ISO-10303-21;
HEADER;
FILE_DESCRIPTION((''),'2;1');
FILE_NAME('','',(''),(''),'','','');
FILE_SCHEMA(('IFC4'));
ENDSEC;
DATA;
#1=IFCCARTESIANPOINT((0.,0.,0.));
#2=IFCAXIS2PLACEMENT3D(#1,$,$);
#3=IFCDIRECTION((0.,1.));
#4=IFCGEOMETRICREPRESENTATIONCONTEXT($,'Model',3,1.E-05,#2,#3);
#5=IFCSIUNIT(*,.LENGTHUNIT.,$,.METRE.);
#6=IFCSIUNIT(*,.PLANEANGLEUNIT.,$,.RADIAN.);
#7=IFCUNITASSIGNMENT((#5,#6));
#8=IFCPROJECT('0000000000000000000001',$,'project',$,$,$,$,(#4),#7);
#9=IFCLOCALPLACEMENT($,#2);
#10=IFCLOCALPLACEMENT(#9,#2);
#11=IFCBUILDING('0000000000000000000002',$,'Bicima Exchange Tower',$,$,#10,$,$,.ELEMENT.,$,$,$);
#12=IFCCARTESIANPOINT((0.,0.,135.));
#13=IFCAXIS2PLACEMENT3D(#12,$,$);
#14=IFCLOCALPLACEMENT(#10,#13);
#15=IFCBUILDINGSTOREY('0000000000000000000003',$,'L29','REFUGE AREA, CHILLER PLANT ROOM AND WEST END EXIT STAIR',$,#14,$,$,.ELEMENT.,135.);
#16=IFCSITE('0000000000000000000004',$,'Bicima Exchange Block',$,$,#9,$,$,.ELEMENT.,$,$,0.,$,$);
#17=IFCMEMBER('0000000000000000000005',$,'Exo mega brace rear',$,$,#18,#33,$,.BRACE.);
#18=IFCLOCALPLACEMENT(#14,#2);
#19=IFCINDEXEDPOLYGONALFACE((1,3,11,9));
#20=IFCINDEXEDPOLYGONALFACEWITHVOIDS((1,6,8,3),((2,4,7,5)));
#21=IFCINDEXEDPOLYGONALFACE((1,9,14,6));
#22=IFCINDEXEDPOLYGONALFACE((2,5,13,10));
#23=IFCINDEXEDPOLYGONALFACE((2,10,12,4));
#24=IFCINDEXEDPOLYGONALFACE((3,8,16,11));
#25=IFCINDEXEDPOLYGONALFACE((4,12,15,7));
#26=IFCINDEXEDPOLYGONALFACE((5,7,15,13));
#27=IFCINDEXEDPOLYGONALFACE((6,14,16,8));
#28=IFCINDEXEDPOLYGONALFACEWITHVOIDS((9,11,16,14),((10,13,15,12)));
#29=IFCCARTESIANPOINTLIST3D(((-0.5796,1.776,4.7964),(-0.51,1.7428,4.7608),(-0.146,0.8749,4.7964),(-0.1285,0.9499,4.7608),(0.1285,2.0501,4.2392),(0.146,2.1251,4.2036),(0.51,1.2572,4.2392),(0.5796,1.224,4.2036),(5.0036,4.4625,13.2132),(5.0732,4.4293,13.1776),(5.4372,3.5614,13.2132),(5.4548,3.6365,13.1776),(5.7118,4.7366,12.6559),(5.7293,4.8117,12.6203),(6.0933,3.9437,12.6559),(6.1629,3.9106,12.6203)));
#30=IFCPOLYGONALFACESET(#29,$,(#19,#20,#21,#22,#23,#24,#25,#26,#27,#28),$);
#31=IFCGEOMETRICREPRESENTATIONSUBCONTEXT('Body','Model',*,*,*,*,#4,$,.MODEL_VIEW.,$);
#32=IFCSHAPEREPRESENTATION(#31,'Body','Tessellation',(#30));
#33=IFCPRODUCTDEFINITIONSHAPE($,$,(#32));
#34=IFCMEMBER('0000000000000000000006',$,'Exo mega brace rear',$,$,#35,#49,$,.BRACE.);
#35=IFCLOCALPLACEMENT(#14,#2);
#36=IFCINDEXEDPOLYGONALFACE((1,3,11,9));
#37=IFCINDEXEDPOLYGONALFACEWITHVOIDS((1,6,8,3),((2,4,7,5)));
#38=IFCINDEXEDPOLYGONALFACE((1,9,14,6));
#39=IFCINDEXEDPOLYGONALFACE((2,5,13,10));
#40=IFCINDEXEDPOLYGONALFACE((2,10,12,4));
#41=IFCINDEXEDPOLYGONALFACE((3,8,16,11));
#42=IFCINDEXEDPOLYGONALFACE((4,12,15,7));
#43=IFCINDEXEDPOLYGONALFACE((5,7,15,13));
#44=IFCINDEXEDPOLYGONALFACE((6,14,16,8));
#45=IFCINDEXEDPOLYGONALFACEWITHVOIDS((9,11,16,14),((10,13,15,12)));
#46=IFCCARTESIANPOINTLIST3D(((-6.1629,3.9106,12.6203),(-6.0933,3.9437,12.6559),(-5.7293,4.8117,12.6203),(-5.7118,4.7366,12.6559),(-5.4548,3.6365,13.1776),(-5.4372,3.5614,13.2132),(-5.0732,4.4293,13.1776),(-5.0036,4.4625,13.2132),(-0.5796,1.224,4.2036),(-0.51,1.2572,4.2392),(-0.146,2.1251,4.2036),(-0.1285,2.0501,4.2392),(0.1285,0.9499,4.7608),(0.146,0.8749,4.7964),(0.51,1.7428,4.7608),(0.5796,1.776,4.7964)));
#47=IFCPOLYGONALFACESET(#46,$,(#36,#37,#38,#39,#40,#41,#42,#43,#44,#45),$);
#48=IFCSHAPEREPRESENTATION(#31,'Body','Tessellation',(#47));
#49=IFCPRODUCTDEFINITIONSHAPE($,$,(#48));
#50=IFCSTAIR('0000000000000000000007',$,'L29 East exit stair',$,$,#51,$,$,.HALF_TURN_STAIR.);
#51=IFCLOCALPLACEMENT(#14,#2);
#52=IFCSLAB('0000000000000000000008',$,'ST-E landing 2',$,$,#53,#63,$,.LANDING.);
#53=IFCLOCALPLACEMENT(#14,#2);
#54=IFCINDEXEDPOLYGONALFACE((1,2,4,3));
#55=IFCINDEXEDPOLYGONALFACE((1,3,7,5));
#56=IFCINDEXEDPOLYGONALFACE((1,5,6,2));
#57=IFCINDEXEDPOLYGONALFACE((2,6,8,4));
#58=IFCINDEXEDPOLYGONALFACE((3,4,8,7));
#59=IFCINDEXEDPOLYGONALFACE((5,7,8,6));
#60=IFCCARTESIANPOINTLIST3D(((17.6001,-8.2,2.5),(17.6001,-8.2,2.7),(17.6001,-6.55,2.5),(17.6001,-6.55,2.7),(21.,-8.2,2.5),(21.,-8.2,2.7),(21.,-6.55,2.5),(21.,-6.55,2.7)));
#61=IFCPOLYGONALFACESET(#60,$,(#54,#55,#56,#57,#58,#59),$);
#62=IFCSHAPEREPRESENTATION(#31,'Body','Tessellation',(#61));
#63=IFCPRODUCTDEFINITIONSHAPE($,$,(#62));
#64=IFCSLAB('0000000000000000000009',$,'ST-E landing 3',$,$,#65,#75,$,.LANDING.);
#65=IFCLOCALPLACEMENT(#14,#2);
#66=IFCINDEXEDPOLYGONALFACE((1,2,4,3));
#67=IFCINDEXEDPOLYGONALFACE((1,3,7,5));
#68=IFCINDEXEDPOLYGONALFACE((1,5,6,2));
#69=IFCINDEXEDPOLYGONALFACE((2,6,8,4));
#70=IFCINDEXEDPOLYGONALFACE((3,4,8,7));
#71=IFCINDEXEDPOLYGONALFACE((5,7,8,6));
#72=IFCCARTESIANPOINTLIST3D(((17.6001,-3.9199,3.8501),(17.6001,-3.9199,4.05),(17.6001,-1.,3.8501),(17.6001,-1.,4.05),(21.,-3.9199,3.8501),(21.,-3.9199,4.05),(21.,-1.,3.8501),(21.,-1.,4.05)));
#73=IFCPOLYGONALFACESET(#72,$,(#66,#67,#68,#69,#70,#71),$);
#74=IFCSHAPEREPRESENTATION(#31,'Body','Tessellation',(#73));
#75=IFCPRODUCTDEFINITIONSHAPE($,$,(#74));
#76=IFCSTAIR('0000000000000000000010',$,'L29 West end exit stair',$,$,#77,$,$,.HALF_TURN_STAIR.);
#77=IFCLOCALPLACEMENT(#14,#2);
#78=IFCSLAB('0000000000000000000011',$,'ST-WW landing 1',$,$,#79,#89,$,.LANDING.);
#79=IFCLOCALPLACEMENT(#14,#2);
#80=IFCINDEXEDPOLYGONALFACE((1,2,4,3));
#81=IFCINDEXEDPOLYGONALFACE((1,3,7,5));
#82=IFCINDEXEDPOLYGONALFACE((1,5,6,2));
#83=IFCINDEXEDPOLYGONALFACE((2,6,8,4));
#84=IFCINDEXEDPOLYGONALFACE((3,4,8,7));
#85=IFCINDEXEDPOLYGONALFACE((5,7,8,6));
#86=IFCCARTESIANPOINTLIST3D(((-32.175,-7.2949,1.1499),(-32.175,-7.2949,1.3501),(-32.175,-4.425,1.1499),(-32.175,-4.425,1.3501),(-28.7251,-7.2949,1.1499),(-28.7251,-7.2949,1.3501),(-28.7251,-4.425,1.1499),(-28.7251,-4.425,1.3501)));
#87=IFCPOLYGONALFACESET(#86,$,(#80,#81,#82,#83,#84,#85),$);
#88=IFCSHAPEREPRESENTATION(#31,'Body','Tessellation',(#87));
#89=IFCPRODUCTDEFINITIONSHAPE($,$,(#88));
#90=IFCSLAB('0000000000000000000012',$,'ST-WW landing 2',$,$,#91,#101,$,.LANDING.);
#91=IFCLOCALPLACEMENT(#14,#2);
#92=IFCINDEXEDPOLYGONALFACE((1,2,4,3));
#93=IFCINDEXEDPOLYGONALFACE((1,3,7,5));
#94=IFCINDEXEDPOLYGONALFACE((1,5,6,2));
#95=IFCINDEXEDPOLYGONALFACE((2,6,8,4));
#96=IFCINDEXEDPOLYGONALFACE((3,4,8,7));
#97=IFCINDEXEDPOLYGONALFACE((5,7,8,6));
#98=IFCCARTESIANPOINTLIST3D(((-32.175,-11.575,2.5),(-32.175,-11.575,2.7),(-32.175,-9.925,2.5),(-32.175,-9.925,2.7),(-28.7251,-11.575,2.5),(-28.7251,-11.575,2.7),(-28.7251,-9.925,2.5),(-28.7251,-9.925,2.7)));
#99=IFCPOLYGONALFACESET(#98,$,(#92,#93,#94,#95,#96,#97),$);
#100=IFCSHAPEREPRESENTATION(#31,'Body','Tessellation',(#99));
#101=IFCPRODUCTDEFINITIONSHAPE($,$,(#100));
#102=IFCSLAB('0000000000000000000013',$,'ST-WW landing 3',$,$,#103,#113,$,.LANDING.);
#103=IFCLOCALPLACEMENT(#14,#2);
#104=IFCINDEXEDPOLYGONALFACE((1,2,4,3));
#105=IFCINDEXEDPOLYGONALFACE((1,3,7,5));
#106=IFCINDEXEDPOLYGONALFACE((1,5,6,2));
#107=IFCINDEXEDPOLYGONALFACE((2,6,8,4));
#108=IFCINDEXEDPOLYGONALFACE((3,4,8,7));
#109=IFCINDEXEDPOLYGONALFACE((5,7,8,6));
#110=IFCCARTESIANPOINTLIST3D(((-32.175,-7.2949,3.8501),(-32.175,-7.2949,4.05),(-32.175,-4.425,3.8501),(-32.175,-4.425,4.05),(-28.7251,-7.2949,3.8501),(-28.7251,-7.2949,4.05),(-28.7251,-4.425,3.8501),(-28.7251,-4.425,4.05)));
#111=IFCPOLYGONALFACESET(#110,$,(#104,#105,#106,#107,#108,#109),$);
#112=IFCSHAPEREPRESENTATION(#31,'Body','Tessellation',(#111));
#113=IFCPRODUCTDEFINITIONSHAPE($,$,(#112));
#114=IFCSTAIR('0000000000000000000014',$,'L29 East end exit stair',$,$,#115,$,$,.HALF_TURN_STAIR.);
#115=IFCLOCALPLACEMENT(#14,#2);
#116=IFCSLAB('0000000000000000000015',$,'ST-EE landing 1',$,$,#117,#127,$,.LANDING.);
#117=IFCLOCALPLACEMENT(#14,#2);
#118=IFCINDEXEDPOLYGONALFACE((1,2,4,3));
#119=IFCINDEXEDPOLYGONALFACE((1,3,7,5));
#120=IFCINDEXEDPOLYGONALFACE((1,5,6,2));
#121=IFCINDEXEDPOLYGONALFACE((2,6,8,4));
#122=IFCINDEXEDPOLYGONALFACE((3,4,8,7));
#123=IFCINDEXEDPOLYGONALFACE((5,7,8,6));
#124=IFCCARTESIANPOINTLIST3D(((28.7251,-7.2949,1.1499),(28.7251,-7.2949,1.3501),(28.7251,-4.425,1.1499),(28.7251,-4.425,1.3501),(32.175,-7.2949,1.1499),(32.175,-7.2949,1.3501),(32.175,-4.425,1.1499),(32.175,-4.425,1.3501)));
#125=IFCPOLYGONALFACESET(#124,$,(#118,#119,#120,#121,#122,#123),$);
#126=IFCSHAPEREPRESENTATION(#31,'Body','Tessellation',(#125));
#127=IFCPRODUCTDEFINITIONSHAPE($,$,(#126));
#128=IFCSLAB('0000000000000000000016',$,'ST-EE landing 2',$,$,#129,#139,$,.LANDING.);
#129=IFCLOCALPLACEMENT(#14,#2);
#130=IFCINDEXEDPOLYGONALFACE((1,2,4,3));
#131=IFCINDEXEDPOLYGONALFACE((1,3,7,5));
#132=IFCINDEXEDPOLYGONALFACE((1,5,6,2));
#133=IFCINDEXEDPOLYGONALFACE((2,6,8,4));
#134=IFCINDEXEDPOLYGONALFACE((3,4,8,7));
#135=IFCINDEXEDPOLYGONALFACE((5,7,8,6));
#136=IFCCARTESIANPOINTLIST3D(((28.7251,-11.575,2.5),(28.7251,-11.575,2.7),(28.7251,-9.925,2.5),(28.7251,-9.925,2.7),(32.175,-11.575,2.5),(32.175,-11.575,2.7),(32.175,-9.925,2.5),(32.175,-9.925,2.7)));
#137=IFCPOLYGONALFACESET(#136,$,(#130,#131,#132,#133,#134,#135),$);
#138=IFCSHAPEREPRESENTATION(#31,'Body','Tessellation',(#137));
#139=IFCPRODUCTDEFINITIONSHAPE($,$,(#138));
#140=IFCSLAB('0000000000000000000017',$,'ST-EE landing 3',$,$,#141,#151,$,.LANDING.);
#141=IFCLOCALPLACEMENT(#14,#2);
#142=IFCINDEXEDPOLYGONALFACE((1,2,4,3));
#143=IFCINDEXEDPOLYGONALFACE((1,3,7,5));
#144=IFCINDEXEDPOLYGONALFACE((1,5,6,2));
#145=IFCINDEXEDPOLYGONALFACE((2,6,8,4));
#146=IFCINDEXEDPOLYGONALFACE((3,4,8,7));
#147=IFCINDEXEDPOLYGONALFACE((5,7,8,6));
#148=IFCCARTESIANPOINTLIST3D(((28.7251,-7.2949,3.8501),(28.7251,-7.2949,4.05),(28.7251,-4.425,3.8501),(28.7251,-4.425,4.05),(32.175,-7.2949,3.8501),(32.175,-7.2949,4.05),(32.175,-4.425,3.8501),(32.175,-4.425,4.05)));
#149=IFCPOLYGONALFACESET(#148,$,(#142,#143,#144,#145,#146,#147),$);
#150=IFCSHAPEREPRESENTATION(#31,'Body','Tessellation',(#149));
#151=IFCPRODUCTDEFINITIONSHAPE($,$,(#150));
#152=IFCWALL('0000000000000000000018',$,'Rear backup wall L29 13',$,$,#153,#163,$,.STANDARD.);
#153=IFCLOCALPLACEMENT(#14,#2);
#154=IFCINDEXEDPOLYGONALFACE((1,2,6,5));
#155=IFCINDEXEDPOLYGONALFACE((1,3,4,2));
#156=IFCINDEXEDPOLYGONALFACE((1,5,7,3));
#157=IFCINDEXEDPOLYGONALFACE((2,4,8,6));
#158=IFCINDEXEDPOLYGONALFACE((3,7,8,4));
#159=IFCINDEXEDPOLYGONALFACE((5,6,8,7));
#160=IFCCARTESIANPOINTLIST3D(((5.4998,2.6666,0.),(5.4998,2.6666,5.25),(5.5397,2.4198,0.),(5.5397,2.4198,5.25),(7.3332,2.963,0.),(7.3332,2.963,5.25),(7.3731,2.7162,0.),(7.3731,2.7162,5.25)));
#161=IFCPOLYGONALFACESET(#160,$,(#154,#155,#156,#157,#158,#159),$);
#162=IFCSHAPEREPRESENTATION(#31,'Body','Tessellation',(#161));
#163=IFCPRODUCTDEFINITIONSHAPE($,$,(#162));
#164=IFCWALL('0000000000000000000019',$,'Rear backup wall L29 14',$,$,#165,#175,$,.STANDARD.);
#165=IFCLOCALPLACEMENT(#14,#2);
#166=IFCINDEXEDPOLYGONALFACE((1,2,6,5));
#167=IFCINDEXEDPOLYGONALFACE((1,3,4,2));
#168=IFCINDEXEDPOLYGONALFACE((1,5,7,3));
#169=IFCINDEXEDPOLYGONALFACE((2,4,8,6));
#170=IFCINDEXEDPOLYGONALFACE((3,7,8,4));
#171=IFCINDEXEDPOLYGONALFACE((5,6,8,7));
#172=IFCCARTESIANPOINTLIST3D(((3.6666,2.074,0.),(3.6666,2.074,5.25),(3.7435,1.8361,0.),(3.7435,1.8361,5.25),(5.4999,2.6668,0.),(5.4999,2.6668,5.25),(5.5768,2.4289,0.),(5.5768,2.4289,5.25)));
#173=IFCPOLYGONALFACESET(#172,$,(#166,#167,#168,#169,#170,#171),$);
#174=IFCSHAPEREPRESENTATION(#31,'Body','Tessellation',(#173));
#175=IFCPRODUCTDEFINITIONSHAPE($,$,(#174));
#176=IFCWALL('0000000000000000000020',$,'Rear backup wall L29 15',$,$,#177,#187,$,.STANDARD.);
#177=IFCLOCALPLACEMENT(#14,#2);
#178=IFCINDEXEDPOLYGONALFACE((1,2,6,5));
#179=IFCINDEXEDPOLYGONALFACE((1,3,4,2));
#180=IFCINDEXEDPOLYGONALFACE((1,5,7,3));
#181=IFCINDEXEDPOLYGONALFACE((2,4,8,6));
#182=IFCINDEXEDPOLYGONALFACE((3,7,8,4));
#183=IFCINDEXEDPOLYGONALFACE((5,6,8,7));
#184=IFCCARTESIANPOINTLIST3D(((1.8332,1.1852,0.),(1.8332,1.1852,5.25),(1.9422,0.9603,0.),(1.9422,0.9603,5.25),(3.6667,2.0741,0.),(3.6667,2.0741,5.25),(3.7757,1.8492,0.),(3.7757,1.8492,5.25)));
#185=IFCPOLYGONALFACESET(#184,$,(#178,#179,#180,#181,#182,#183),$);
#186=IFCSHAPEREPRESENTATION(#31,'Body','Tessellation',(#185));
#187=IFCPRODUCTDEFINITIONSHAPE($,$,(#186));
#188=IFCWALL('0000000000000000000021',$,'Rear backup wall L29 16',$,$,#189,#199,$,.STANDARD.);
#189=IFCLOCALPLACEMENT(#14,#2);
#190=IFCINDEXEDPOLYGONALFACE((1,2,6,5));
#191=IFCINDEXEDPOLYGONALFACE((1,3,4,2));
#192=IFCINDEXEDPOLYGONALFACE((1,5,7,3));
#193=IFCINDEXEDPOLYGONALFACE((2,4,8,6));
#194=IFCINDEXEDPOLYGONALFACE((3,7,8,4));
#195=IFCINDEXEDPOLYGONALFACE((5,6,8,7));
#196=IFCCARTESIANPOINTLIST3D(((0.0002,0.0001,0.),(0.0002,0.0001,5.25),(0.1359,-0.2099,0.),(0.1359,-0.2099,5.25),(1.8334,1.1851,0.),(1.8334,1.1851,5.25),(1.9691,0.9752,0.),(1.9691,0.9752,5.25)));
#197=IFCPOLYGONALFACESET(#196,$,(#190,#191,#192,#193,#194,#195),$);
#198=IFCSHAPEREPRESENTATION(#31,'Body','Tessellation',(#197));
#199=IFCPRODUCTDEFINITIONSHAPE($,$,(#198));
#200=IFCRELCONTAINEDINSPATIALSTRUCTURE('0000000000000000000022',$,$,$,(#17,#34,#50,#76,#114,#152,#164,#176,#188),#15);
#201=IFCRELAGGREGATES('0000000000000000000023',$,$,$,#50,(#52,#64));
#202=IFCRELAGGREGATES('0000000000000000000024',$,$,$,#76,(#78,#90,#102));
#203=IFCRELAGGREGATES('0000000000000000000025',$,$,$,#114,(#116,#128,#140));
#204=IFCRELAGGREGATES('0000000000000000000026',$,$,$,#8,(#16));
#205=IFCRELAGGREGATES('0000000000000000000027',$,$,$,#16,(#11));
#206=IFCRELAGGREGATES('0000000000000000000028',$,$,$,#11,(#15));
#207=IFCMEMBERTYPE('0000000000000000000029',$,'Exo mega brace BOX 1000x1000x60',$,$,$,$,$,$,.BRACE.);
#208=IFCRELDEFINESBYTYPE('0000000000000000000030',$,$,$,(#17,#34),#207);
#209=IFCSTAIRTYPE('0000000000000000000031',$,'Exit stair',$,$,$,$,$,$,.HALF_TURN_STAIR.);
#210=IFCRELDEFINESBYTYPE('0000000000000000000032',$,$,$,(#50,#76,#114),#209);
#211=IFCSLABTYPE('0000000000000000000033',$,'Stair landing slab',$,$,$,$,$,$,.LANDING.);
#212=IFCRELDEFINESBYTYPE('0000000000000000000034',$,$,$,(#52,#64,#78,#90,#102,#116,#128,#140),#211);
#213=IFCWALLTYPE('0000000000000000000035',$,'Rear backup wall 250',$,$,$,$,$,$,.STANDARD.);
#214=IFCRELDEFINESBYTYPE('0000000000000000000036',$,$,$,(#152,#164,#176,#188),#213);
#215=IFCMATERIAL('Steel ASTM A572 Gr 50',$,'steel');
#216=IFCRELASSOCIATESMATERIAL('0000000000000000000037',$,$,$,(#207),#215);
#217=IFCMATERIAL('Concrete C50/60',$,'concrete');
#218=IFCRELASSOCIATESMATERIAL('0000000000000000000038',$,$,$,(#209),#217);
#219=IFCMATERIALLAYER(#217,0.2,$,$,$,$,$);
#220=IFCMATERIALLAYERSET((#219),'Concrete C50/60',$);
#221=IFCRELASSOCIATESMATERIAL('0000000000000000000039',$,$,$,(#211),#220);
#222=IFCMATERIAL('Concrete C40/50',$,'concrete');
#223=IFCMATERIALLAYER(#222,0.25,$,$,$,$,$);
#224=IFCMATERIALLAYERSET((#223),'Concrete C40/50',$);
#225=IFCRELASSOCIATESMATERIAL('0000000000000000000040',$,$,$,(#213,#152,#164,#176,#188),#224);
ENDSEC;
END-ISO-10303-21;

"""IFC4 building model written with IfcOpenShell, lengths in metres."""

from ifc_helpers import new_model, si_unit, direction, frame, frame_2d, origin, origin_2d, place, context, subcontext, project, spatial, polyline, rectangle, hollow_rectangle, outline, extrude, material, layer, layer_set, layer_usage, material_profile, profile_set, type_object, element, aggregate, save


model = new_model("IFC4")

# Units and contexts
model_context = context("Model", 3, precision=1e-05, world=origin(), true_north=direction((0.0, 1.0)))
body_context = subcontext(model_context, "Body", "Model", "MODEL_VIEW")
ifc_project = project(units=[si_unit("LENGTHUNIT", "METRE"), si_unit("PLANEANGLEUNIT", "RADIAN")], contexts=[model_context])

# Site, building, storey
site_placement = place(None, origin())
site = spatial("IfcSite", under=ifc_project, at=site_placement, Name="Bicima Exchange Block", CompositionType="ELEMENT", RefElevation=0.0)
building_placement = place(site_placement, origin())
building = spatial("IfcBuilding", under=site, at=building_placement, Name="Bicima Exchange Tower", CompositionType="ELEMENT")
storey_placement = place(building_placement, frame((0.0, 0.0, 135.0)))
storey = spatial("IfcBuildingStorey", under=building, at=storey_placement, Name="L29", Description="REFUGE AREA, CHILLER PLANT ROOM AND WEST END EXIT STAIR", CompositionType="ELEMENT", Elevation=135.0)

# Members
ifc_material_1 = material(Name="Steel ASTM A572 Gr 50", Category="steel")
ifc_material_profile = material_profile(ifc_material_1, hollow_rectangle(XDim=1.0, YDim=1.0, WallThickness=0.0601, at=origin_2d()))
ifc_profile_set = profile_set([ifc_material_profile], Name="Steel ASTM A572 Gr 50")
member_type = type_object("IfcMemberType", Name="Exo mega brace BOX 1000x1000x60", PredefinedType="BRACE", material=ifc_profile_set)
for number, where, z_axis, x_axis, name in (
    (1, (0.0, 1.5, 4.5), (0.534211, 0.257049, 0.805323), (-0.433592, 0.901109, 0.0), "Exo mega brace rear"),
    (2, (0.0, 1.5, 4.5), (-0.534211, 0.257049, 0.805323), (-0.433592, -0.901109, 0.0), "Exo mega brace rear"),
):
    element("IfcMember", number, at=place(storey_placement, frame(where, z_axis=z_axis, x_axis=x_axis)), inside=storey, type_object=member_type, Name=name, PredefinedType="BRACE", context=body_context, shape_type="SweptSolid", body=[
        extrude(hollow_rectangle(XDim=1.0, YDim=1.0, WallThickness=0.0601, at=origin_2d()), origin(), (0.0, 0.0, 1.0), 10.4514),
    ])

# Stairs, slabs
ifc_material_2 = material(Name="Concrete C50/60", Category="concrete")
stair_type = type_object("IfcStairType", Name="Exit stair", PredefinedType="HALF_TURN_STAIR", material=ifc_material_2)
stair_1_placement = place(storey_placement, origin())
stair_1 = element("IfcStair", 3, at=stair_1_placement, inside=storey, type_object=stair_type, Name="L29 East exit stair", PredefinedType="HALF_TURN_STAIR")
ifc_layer_1 = layer(ifc_material_2, 0.2)
ifc_layer_set_1 = layer_set([ifc_layer_1], Name="Concrete C50/60")
slab_type = type_object("IfcSlabType", Name="Stair landing slab", PredefinedType="LANDING", material=ifc_layer_set_1)
slab_1_placement = place(storey_placement, frame((0.0, 0.0, 2.5)))
slab_1 = element("IfcSlab", 4, at=slab_1_placement, type_object=slab_type, Name="ST-E landing 2", PredefinedType="LANDING", context=body_context, shape_type="SweptSolid", body=[
    extrude(outline(polyline([(21.0, -8.2), (21.0, -6.55), (17.6001, -6.55), (17.6001, -8.2), (21.0, -8.2)])), origin(), (0.0, 0.0, 1.0), 0.2),
])
slab_2_placement = place(storey_placement, frame((0.0, 0.0, 3.8501)))
slab_2 = element("IfcSlab", 5, at=slab_2_placement, type_object=slab_type, Name="ST-E landing 3", PredefinedType="LANDING", context=body_context, shape_type="SweptSolid", body=[
    extrude(outline(polyline([(21.0, -3.9199), (21.0, -1.0), (17.6001, -1.0), (17.6001, -3.9199), (21.0, -3.9199)])), origin(), (0.0, 0.0, 1.0), 0.2),
])
aggregate(stair_1, [slab_1, slab_2])
stair_2_placement = place(storey_placement, origin())
stair_2 = element("IfcStair", 6, at=stair_2_placement, inside=storey, type_object=stair_type, Name="L29 West end exit stair", PredefinedType="HALF_TURN_STAIR")
slab_3_placement = place(storey_placement, frame((0.0, 0.0, 1.1499)))
slab_3 = element("IfcSlab", 7, at=slab_3_placement, type_object=slab_type, Name="ST-WW landing 1", PredefinedType="LANDING", context=body_context, shape_type="SweptSolid", body=[
    extrude(outline(polyline([(-28.7251, -7.2949), (-28.7251, -4.425), (-32.175, -4.425), (-32.175, -7.2949), (-28.7251, -7.2949)])), origin(), (0.0, 0.0, 1.0), 0.2002),
])
slab_4_placement = place(storey_placement, frame((0.0, 0.0, 2.5)))
slab_4 = element("IfcSlab", 8, at=slab_4_placement, type_object=slab_type, Name="ST-WW landing 2", PredefinedType="LANDING", context=body_context, shape_type="SweptSolid", body=[
    extrude(outline(polyline([(-28.7251, -11.575), (-28.7251, -9.925), (-32.175, -9.925), (-32.175, -11.575), (-28.7251, -11.575)])), origin(), (0.0, 0.0, 1.0), 0.2),
])
slab_5_placement = place(storey_placement, frame((0.0, 0.0, 3.8501)))
slab_5 = element("IfcSlab", 9, at=slab_5_placement, type_object=slab_type, Name="ST-WW landing 3", PredefinedType="LANDING", context=body_context, shape_type="SweptSolid", body=[
    extrude(outline(polyline([(-28.7251, -7.2949), (-28.7251, -4.425), (-32.175, -4.425), (-32.175, -7.2949), (-28.7251, -7.2949)])), origin(), (0.0, 0.0, 1.0), 0.2),
])
aggregate(stair_2, [slab_3, slab_4, slab_5])
stair_3_placement = place(storey_placement, origin())
stair_3 = element("IfcStair", 10, at=stair_3_placement, inside=storey, type_object=stair_type, Name="L29 East end exit stair", PredefinedType="HALF_TURN_STAIR")
slab_6_placement = place(storey_placement, frame((0.0, 0.0, 1.1499)))
slab_6 = element("IfcSlab", 11, at=slab_6_placement, type_object=slab_type, Name="ST-EE landing 1", PredefinedType="LANDING", context=body_context, shape_type="SweptSolid", body=[
    extrude(outline(polyline([(32.175, -7.2949), (32.175, -4.425), (28.7251, -4.425), (28.7251, -7.2949), (32.175, -7.2949)])), origin(), (0.0, 0.0, 1.0), 0.2002),
])
slab_7_placement = place(storey_placement, frame((0.0, 0.0, 2.5)))
slab_7 = element("IfcSlab", 12, at=slab_7_placement, type_object=slab_type, Name="ST-EE landing 2", PredefinedType="LANDING", context=body_context, shape_type="SweptSolid", body=[
    extrude(outline(polyline([(32.175, -11.575), (32.175, -9.925), (28.7251, -9.925), (28.7251, -11.575), (32.175, -11.575)])), origin(), (0.0, 0.0, 1.0), 0.2),
])
slab_8_placement = place(storey_placement, frame((0.0, 0.0, 3.8501)))
slab_8 = element("IfcSlab", 13, at=slab_8_placement, type_object=slab_type, Name="ST-EE landing 3", PredefinedType="LANDING", context=body_context, shape_type="SweptSolid", body=[
    extrude(outline(polyline([(32.175, -7.2949), (32.175, -4.425), (28.7251, -4.425), (28.7251, -7.2949), (32.175, -7.2949)])), origin(), (0.0, 0.0, 1.0), 0.2),
])
aggregate(stair_3, [slab_6, slab_7, slab_8])

# Walls
ifc_material_3 = material(Name="Concrete C40/50", Category="concrete")
ifc_layer_2 = layer(ifc_material_3, 0.25)
ifc_layer_set_2 = layer_set([ifc_layer_2], Name="Concrete C40/50")
ifc_layer_usage = layer_usage(ifc_layer_set_2, "AXIS2", "POSITIVE", -0.125)
wall_type = type_object("IfcWallType", Name="Rear backup wall 250", PredefinedType="STANDARD", material=ifc_layer_set_2)
wall_1_placement = place(storey_placement, frame((7.3533, 2.8396, 0.0), z_axis=(0.0, 0.0, 1.0), x_axis=(-0.987182, -0.1596, 0.0)))
element("IfcWall", 14, at=wall_1_placement, inside=storey, type_object=wall_type, material=ifc_layer_usage, Name="Rear backup wall L29 13", PredefinedType="STANDARD", context=body_context, shape_type="SweptSolid", body=[
    extrude(rectangle(XDim=1.8572, YDim=0.25, at=frame_2d((0.9287, 0.0))), origin(), (0.0, 0.0, 1.0), 5.25),
])
wall_2_placement = place(storey_placement, frame((5.5383, 2.5479, 0.0), z_axis=(0.0, 0.0, 1.0), x_axis=(-0.951496, -0.307662, 0.0)))
element("IfcWall", 15, at=wall_2_placement, inside=storey, type_object=wall_type, material=ifc_layer_usage, Name="Rear backup wall L29 14", PredefinedType="STANDARD", context=body_context, shape_type="SweptSolid", body=[
    extrude(rectangle(XDim=1.9268, YDim=0.25, at=frame_2d((0.9634, 0.0))), origin(), (0.0, 0.0, 1.0), 5.25),
])
wall_3_placement = place(storey_placement, frame((3.7212, 1.9617, 0.0), z_axis=(0.0, 0.0, 1.0), x_axis=(-0.899824, -0.436253, 0.0)))
element("IfcWall", 16, at=wall_3_placement, inside=storey, type_object=wall_type, material=ifc_layer_usage, Name="Rear backup wall L29 15", PredefinedType="STANDARD", context=body_context, shape_type="SweptSolid", body=[
    extrude(rectangle(XDim=2.0376, YDim=0.25, at=frame_2d((1.0188, 0.0))), origin(), (0.0, 0.0, 1.0), 5.25),
])
wall_4_placement = place(storey_placement, frame((1.9011, 1.0801, 0.0), z_axis=(0.0, 0.0, 1.0), x_axis=(-0.839813, -0.542876, 0.0)))
element("IfcWall", 17, at=wall_4_placement, inside=storey, type_object=wall_type, material=ifc_layer_usage, Name="Rear backup wall L29 16", PredefinedType="STANDARD", context=body_context, shape_type="SweptSolid", body=[
    extrude(rectangle(XDim=2.1829, YDim=0.25, at=frame_2d((1.0913, 0.0))), origin(), (0.0, 0.0, 1.0), 5.25),
])

save(model, "model.ifc")
